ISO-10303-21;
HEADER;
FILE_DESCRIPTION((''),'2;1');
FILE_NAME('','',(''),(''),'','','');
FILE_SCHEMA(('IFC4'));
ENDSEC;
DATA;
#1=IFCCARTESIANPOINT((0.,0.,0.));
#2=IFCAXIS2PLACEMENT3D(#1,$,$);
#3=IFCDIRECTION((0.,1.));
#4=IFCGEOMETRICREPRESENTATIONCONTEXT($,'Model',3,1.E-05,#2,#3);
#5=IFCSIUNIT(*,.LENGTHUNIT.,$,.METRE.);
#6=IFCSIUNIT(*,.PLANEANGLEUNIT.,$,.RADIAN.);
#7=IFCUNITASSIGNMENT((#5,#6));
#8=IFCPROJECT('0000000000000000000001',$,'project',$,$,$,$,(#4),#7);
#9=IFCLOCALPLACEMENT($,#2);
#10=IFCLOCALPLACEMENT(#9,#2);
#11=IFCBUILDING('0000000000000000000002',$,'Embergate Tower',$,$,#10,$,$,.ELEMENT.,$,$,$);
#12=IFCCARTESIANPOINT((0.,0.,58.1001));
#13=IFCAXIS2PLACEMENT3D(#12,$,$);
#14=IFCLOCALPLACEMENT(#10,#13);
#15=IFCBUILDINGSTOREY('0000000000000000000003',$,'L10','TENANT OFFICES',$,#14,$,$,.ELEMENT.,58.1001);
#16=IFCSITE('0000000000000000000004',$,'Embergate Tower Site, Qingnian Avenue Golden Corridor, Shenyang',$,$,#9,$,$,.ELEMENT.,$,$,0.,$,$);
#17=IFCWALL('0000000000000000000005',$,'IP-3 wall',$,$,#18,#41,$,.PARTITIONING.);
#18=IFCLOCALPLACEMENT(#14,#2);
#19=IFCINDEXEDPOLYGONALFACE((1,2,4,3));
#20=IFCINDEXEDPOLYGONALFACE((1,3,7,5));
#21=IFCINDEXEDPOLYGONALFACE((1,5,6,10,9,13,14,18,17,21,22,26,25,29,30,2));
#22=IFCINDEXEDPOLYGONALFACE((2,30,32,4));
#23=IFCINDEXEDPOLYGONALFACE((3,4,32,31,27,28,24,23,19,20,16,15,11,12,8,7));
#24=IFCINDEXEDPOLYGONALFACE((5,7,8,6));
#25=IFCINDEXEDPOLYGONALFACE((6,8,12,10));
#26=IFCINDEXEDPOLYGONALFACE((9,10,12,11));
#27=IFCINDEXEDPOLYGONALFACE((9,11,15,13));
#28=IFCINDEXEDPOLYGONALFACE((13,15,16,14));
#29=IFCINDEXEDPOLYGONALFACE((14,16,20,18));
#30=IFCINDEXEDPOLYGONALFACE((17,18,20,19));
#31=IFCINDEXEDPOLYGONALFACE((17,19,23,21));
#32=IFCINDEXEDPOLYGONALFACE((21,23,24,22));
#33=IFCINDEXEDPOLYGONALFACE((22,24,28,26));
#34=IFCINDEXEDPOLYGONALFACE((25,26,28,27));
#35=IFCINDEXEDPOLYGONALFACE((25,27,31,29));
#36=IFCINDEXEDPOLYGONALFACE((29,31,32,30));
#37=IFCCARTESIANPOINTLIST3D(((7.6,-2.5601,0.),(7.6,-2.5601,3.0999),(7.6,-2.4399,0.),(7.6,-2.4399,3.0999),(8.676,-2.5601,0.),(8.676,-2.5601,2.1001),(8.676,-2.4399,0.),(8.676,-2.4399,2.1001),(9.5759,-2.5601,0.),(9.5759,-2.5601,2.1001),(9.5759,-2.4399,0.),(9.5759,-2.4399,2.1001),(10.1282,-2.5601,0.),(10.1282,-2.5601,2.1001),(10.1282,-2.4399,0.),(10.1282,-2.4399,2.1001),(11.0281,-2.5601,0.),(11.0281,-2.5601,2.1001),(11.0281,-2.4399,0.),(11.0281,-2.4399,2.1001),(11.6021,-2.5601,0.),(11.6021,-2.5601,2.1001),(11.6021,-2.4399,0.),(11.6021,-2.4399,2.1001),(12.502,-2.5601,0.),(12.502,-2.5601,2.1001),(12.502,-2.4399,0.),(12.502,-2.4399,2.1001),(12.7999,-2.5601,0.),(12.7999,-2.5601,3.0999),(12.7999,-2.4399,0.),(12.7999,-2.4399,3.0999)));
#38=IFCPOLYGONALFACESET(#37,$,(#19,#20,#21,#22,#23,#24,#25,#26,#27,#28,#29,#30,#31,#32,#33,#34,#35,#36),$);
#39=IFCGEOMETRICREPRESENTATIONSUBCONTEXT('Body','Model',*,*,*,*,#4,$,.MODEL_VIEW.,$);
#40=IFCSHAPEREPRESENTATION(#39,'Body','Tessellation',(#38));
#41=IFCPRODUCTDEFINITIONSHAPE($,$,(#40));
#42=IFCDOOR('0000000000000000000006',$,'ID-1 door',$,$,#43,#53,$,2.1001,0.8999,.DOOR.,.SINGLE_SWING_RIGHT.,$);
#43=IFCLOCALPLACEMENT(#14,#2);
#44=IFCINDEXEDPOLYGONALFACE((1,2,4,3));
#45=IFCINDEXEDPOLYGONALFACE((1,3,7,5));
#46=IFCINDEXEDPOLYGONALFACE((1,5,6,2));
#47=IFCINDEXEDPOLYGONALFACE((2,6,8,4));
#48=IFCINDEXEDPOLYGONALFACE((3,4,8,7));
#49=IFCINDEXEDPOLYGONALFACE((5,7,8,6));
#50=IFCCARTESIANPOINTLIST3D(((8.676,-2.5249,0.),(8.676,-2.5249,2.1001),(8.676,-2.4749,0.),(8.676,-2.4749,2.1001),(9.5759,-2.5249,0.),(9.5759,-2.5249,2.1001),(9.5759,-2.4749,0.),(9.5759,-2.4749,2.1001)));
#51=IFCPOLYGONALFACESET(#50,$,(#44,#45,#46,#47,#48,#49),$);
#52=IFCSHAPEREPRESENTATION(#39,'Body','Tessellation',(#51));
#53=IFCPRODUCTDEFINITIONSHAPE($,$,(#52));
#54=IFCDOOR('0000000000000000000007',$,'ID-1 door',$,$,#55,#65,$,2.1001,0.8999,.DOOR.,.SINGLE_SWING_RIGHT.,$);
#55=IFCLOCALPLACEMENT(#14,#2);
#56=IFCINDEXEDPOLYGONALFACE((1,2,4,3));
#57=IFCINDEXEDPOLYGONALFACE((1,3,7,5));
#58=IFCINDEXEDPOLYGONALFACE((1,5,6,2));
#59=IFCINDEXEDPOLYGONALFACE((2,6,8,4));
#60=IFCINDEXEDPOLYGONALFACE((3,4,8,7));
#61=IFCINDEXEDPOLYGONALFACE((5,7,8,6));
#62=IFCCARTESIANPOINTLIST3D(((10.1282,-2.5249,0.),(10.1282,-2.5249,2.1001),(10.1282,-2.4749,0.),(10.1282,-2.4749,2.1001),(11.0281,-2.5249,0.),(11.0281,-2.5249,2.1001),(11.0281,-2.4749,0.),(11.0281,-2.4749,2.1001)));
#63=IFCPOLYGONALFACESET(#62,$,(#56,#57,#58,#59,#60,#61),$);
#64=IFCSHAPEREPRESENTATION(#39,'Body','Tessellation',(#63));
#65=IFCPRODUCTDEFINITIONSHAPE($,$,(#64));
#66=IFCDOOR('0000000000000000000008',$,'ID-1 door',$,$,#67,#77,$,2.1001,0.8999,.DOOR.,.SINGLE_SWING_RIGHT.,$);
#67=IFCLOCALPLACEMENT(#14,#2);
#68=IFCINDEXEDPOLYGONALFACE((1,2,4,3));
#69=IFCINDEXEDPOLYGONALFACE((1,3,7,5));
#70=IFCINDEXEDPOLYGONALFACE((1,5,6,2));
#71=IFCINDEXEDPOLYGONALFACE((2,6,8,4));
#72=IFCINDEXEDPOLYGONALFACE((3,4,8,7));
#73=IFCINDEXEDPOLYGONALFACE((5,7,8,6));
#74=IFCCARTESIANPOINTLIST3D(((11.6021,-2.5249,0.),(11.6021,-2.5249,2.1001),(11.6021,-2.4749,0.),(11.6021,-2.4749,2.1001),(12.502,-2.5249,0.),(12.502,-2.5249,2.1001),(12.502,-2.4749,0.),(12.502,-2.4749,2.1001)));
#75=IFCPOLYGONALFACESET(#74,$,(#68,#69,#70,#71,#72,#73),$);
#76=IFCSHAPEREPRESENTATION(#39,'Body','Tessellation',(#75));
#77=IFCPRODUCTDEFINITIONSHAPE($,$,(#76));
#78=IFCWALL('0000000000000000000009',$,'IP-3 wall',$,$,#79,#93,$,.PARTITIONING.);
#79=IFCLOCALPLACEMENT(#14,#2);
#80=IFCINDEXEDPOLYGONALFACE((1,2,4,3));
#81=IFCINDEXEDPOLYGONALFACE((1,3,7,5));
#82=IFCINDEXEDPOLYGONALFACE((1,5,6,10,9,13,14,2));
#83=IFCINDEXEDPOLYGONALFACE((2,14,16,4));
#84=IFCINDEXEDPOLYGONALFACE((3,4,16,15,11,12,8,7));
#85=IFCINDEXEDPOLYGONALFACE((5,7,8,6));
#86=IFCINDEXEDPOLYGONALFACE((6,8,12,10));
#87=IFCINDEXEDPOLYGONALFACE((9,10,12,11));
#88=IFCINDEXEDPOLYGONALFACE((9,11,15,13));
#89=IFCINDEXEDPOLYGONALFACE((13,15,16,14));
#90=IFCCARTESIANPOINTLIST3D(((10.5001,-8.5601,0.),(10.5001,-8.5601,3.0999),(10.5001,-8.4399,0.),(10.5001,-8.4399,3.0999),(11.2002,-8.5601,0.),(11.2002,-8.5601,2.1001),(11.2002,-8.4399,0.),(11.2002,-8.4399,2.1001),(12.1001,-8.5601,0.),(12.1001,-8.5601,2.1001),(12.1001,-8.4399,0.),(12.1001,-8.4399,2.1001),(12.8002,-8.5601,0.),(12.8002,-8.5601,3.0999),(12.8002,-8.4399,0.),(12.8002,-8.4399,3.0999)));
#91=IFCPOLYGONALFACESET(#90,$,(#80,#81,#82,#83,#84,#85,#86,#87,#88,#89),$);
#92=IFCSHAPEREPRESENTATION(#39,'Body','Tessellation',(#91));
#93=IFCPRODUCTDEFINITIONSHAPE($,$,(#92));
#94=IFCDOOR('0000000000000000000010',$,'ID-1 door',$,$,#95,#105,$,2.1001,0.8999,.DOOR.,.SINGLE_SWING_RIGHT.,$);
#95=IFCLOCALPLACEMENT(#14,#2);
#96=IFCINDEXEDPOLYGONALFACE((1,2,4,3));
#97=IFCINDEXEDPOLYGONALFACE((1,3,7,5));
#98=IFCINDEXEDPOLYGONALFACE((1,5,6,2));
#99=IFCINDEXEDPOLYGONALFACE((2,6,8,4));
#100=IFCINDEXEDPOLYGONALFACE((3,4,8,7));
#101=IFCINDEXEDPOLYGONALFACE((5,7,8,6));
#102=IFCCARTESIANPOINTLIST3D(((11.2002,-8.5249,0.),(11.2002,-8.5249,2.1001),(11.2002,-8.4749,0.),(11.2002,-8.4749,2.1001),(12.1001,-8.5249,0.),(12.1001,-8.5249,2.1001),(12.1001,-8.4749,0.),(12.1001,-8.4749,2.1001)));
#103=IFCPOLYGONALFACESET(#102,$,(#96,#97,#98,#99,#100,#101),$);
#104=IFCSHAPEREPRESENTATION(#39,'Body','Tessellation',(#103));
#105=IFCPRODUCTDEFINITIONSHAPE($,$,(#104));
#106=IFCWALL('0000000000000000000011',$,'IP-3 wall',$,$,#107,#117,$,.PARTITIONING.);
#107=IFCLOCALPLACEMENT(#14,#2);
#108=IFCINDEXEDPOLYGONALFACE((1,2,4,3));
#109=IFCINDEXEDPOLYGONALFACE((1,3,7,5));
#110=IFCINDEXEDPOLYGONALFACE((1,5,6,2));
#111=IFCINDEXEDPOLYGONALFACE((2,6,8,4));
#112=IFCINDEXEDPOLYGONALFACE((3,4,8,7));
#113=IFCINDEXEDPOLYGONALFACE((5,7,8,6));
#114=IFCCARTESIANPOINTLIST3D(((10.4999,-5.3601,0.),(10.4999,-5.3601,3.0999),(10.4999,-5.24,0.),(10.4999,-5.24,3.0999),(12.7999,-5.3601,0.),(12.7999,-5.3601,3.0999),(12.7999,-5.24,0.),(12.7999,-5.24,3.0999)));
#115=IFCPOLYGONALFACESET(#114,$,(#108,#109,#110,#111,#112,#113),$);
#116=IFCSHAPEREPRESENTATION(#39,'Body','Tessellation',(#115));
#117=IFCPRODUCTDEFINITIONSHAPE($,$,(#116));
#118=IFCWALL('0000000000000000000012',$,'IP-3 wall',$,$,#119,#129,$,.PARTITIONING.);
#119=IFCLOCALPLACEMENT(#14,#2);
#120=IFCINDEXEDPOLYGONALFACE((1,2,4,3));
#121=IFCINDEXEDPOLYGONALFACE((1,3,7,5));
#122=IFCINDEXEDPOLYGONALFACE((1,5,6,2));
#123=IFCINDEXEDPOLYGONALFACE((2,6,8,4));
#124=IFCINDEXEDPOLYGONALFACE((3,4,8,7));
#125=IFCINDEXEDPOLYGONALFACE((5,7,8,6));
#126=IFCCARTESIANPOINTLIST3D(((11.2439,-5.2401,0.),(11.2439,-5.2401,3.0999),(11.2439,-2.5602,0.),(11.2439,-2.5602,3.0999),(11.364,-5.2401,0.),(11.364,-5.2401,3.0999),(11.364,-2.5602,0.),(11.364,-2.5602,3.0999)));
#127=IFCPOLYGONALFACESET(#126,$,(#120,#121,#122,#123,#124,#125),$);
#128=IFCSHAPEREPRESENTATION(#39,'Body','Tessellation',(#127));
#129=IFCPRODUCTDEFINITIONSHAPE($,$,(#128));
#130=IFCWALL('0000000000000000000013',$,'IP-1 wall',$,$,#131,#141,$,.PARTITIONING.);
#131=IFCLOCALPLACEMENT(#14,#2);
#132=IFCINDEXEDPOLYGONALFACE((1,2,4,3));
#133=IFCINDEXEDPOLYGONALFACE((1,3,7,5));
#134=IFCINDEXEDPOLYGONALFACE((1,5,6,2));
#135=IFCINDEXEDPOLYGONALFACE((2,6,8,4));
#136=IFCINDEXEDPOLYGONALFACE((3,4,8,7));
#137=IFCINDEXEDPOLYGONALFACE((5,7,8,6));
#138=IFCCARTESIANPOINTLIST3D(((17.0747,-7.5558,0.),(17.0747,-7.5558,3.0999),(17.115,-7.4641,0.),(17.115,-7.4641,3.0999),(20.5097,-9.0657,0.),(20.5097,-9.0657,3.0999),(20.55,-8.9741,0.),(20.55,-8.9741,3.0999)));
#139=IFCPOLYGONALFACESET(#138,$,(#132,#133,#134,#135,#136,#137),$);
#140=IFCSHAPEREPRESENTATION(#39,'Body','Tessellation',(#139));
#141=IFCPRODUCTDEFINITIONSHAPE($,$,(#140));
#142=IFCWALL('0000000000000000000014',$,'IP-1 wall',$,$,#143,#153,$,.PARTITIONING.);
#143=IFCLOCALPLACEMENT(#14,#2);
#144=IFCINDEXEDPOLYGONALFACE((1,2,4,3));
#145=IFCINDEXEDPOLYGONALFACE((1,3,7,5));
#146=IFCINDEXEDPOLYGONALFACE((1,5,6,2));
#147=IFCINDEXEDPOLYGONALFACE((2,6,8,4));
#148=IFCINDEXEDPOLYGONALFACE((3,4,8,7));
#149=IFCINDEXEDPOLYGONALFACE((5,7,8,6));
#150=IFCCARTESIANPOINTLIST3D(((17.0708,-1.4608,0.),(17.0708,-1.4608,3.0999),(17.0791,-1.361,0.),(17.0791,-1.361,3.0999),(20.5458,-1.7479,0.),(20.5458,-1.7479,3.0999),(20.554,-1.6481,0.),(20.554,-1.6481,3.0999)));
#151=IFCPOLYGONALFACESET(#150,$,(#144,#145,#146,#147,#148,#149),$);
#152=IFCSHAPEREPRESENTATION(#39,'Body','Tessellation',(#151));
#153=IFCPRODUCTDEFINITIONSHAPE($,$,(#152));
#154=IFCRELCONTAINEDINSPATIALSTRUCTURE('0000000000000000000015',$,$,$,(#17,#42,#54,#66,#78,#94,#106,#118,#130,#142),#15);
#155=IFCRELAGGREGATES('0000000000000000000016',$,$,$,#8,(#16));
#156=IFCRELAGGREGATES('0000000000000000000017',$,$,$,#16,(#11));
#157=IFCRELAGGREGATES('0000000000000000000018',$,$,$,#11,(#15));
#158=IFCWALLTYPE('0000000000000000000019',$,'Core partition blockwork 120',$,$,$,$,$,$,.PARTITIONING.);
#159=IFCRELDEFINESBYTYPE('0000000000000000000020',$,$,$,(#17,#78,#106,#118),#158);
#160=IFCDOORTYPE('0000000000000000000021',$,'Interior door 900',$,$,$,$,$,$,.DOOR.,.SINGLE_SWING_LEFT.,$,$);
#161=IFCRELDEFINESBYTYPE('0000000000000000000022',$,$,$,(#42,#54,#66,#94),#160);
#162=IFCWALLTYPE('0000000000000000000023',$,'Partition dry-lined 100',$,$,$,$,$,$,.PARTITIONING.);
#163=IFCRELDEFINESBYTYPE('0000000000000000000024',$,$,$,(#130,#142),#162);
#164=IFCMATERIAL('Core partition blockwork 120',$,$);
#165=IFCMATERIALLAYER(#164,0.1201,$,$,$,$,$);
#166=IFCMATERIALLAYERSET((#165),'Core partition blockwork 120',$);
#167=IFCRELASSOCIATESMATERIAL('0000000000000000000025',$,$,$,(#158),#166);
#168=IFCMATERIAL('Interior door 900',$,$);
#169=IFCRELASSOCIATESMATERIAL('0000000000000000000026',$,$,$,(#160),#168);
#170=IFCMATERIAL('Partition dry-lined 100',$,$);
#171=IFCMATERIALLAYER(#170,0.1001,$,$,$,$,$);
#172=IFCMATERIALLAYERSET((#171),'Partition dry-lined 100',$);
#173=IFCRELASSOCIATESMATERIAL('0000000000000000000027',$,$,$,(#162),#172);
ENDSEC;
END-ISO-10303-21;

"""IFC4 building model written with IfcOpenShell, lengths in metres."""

from ifc_helpers import new_model, si_unit, direction, frame, frame_2d, origin, place, context, subcontext, project, spatial, rectangle, extrude, source, transform, mapped, material, layer, layer_set, type_object, element, fill, save


model = new_model("IFC4")

# Units and contexts
model_context = context("Model", 3, precision=1e-05, world=origin(), true_north=direction((0.0, 1.0)))
body_context = subcontext(model_context, "Body", "Model", "MODEL_VIEW")
ifc_project = project(units=[si_unit("LENGTHUNIT", "METRE"), si_unit("PLANEANGLEUNIT", "RADIAN")], contexts=[model_context])

# Site, building, storey
site_placement = place(None, origin())
site = spatial("IfcSite", under=ifc_project, at=site_placement, Name="Embergate Tower Site, Qingnian Avenue Golden Corridor, Shenyang", CompositionType="ELEMENT", RefElevation=0.0)
building_placement = place(site_placement, origin())
building = spatial("IfcBuilding", under=site, at=building_placement, Name="Embergate Tower", CompositionType="ELEMENT")
storey_placement = place(building_placement, frame((0.0, 0.0, 58.1001)))
storey = spatial("IfcBuildingStorey", under=building, at=storey_placement, Name="L10", Description="TENANT OFFICES", CompositionType="ELEMENT", Elevation=58.1001)

# Shared definitions
ifc_material_1 = material(Name="Core partition blockwork 120")
ifc_layer_1 = layer(ifc_material_1, 0.1201)
ifc_layer_set_1 = layer_set([ifc_layer_1], Name="Core partition blockwork 120")
wall_type_1 = type_object("IfcWallType", Name="Core partition blockwork 120", PredefinedType="PARTITIONING", material=ifc_layer_set_1)
shared_shape_1 = source(origin(), body_context, "Body", "SweptSolid", [
    extrude(rectangle(XDim=0.8999, YDim=2.1001, at=frame_2d((0.45, 1.05))), frame((0.0, 0.0701, 0.0), z_axis=(0.0, -1.0, 0.0), x_axis=(1.0, 0.0, 0.0)), (0.0, 0.0, 1.0), 0.1401),
])
ifc_material_2 = material(Name="Interior door 900")
door_type_1 = type_object("IfcDoorType", Name="Interior door 900", OperationType="SINGLE_SWING_LEFT", PredefinedType="DOOR", material=ifc_material_2)
shared_shape_2 = source(origin(), body_context, "Body", "SweptSolid", [
    extrude(rectangle(XDim=0.8999, YDim=2.1001, at=frame_2d((0.45, 1.05))), frame((0.0, 0.0249, 0.0), z_axis=(0.0, -1.0, 0.0), x_axis=(1.0, 0.0, 0.0)), (0.0, 0.0, 1.0), 0.05),
])

# Wall, openings, doors
shared_shape_3 = source(origin(), body_context, "Body", "SweptSolid", [
    extrude(rectangle(XDim=5.2, YDim=0.1201, at=frame_2d((2.6001, 0.0))), origin(), (0.0, 0.0, 1.0), 3.0999),
])
wall_1_placement = place(storey_placement, frame((12.8, -2.5, 0.0), z_axis=(0.0, 0.0, 1.0), x_axis=(-1.0, 0.0, 0.0)))
wall_1 = element("IfcWall", 1, at=wall_1_placement, inside=storey, type_object=wall_type_1, Name="IP-3 wall", PredefinedType="PARTITIONING", context=body_context, shape_type="MappedRepresentation", body=[
    mapped(shared_shape_3, transform((0.0, 0.0, 0.0))),
])
opening_1_placement = place(wall_1_placement, frame((3.2241, 0.0, 0.0)))
opening_1 = element("IfcOpeningElement", 2, at=opening_1_placement, cuts=wall_1, PredefinedType="OPENING", context=body_context, shape_type="MappedRepresentation", body=[
    mapped(shared_shape_1, transform((0.0, 0.0, 0.0))),
])
opening_2_placement = place(wall_1_placement, frame((1.772, 0.0, 0.0)))
opening_2 = element("IfcOpeningElement", 3, at=opening_2_placement, cuts=wall_1, PredefinedType="OPENING", context=body_context, shape_type="MappedRepresentation", body=[
    mapped(shared_shape_1, transform((0.0, 0.0, 0.0))),
])
opening_3_placement = place(wall_1_placement, frame((0.2981, 0.0, 0.0)))
opening_3 = element("IfcOpeningElement", 4, at=opening_3_placement, cuts=wall_1, PredefinedType="OPENING", context=body_context, shape_type="MappedRepresentation", body=[
    mapped(shared_shape_1, transform((0.0, 0.0, 0.0))),
])
door_1_placement = place(opening_1_placement, origin())
door_1 = element("IfcDoor", 5, at=door_1_placement, inside=storey, type_object=door_type_1, Name="ID-1 door", OperationType="SINGLE_SWING_RIGHT", OverallHeight=2.1001, OverallWidth=0.8999, PredefinedType="DOOR", context=body_context, shape_type="MappedRepresentation", body=[
    mapped(shared_shape_2, transform((0.0, 0.0, 0.0))),
])
fill(opening_1, door_1)
door_2_placement = place(opening_2_placement, origin())
door_2 = element("IfcDoor", 6, at=door_2_placement, inside=storey, type_object=door_type_1, Name="ID-1 door", OperationType="SINGLE_SWING_RIGHT", OverallHeight=2.1001, OverallWidth=0.8999, PredefinedType="DOOR", context=body_context, shape_type="MappedRepresentation", body=[
    mapped(shared_shape_2, transform((0.0, 0.0, 0.0))),
])
fill(opening_2, door_2)
door_3_placement = place(opening_3_placement, origin())
door_3 = element("IfcDoor", 7, at=door_3_placement, inside=storey, type_object=door_type_1, Name="ID-1 door", OperationType="SINGLE_SWING_RIGHT", OverallHeight=2.1001, OverallWidth=0.8999, PredefinedType="DOOR", context=body_context, shape_type="MappedRepresentation", body=[
    mapped(shared_shape_2, transform((0.0, 0.0, 0.0))),
])
fill(opening_3, door_3)

# Wall, opening, door
shared_shape_4 = source(origin(), body_context, "Body", "SweptSolid", [
    extrude(rectangle(XDim=2.3, YDim=0.1201, at=frame_2d((1.1499, 0.0))), origin(), (0.0, 0.0, 1.0), 3.0999),
])
wall_2_placement = place(storey_placement, frame((12.8, -8.5, 0.0), z_axis=(0.0, 0.0, 1.0), x_axis=(-1.0, 0.0, 0.0)))
wall_2 = element("IfcWall", 8, at=wall_2_placement, inside=storey, type_object=wall_type_1, Name="IP-3 wall", PredefinedType="PARTITIONING", context=body_context, shape_type="MappedRepresentation", body=[
    mapped(shared_shape_4, transform((0.0, 0.0, 0.0))),
])
opening_4_placement = place(wall_2_placement, frame((0.7, 0.0, 0.0)))
opening_4 = element("IfcOpeningElement", 9, at=opening_4_placement, cuts=wall_2, PredefinedType="OPENING", context=body_context, shape_type="MappedRepresentation", body=[
    mapped(shared_shape_1, transform((0.0, 0.0, 0.0))),
])
door_4_placement = place(opening_4_placement, origin())
door_4 = element("IfcDoor", 10, at=door_4_placement, inside=storey, type_object=door_type_1, Name="ID-1 door", OperationType="SINGLE_SWING_RIGHT", OverallHeight=2.1001, OverallWidth=0.8999, PredefinedType="DOOR", context=body_context, shape_type="MappedRepresentation", body=[
    mapped(shared_shape_2, transform((0.0, 0.0, 0.0))),
])
fill(opening_4, door_4)

# Walls
wall_3_placement = place(storey_placement, frame((10.5, -5.3, 0.0), z_axis=(0.0, 0.0, 1.0), x_axis=(1.0, 0.0, 0.0)))
element("IfcWall", 11, at=wall_3_placement, inside=storey, type_object=wall_type_1, Name="IP-3 wall", PredefinedType="PARTITIONING", context=body_context, shape_type="MappedRepresentation", body=[
    mapped(shared_shape_4, transform((0.0, 0.0, 0.0))),
])
shared_shape_5 = source(origin(), body_context, "Body", "SweptSolid", [
    extrude(rectangle(XDim=2.6799, YDim=0.1201, at=frame_2d((1.3398, 0.0))), origin(), (0.0, 0.0, 1.0), 3.0999),
])
wall_4_placement = place(storey_placement, frame((11.304, -5.24, 0.0), z_axis=(0.0, 0.0, 1.0), x_axis=(0.0, 1.0, 0.0)))
element("IfcWall", 12, at=wall_4_placement, inside=storey, type_object=wall_type_1, Name="IP-3 wall", PredefinedType="PARTITIONING", context=body_context, shape_type="MappedRepresentation", body=[
    mapped(shared_shape_5, transform((0.0, 0.0, 0.0))),
])
ifc_material_3 = material(Name="Partition dry-lined 100")
ifc_layer_2 = layer(ifc_material_3, 0.1001)
ifc_layer_set_2 = layer_set([ifc_layer_2], Name="Partition dry-lined 100")
wall_type_2 = type_object("IfcWallType", Name="Partition dry-lined 100", PredefinedType="PARTITIONING", material=ifc_layer_set_2)
shared_shape_6 = source(origin(), body_context, "Body", "SweptSolid", [
    extrude(rectangle(XDim=3.7522, YDim=0.1001, at=frame_2d((1.876, 0.0))), origin(), (0.0, 0.0, 1.0), 3.0999),
])
wall_5_placement = place(storey_placement, frame((17.095, -7.51, 0.0), z_axis=(0.0, 0.0, 1.0), x_axis=(0.915454, -0.402422, 0.0)))
element("IfcWall", 13, at=wall_5_placement, inside=storey, type_object=wall_type_2, Name="IP-1 wall", PredefinedType="PARTITIONING", context=body_context, shape_type="MappedRepresentation", body=[
    mapped(shared_shape_6, transform((0.0, 0.0, 0.0))),
])
shared_shape_7 = source(origin(), body_context, "Body", "SweptSolid", [
    extrude(rectangle(XDim=3.4868, YDim=0.1001, at=frame_2d((1.7434, 0.0))), origin(), (0.0, 0.0, 1.0), 3.0999),
])
wall_6_placement = place(storey_placement, frame((17.075, -1.4109, 0.0), z_axis=(0.0, 0.0, 1.0), x_axis=(0.996604, -0.082339, 0.0)))
element("IfcWall", 14, at=wall_6_placement, inside=storey, type_object=wall_type_2, Name="IP-1 wall", PredefinedType="PARTITIONING", context=body_context, shape_type="MappedRepresentation", body=[
    mapped(shared_shape_7, transform((0.0, 0.0, 0.0))),
])

save(model, "model.ifc")
